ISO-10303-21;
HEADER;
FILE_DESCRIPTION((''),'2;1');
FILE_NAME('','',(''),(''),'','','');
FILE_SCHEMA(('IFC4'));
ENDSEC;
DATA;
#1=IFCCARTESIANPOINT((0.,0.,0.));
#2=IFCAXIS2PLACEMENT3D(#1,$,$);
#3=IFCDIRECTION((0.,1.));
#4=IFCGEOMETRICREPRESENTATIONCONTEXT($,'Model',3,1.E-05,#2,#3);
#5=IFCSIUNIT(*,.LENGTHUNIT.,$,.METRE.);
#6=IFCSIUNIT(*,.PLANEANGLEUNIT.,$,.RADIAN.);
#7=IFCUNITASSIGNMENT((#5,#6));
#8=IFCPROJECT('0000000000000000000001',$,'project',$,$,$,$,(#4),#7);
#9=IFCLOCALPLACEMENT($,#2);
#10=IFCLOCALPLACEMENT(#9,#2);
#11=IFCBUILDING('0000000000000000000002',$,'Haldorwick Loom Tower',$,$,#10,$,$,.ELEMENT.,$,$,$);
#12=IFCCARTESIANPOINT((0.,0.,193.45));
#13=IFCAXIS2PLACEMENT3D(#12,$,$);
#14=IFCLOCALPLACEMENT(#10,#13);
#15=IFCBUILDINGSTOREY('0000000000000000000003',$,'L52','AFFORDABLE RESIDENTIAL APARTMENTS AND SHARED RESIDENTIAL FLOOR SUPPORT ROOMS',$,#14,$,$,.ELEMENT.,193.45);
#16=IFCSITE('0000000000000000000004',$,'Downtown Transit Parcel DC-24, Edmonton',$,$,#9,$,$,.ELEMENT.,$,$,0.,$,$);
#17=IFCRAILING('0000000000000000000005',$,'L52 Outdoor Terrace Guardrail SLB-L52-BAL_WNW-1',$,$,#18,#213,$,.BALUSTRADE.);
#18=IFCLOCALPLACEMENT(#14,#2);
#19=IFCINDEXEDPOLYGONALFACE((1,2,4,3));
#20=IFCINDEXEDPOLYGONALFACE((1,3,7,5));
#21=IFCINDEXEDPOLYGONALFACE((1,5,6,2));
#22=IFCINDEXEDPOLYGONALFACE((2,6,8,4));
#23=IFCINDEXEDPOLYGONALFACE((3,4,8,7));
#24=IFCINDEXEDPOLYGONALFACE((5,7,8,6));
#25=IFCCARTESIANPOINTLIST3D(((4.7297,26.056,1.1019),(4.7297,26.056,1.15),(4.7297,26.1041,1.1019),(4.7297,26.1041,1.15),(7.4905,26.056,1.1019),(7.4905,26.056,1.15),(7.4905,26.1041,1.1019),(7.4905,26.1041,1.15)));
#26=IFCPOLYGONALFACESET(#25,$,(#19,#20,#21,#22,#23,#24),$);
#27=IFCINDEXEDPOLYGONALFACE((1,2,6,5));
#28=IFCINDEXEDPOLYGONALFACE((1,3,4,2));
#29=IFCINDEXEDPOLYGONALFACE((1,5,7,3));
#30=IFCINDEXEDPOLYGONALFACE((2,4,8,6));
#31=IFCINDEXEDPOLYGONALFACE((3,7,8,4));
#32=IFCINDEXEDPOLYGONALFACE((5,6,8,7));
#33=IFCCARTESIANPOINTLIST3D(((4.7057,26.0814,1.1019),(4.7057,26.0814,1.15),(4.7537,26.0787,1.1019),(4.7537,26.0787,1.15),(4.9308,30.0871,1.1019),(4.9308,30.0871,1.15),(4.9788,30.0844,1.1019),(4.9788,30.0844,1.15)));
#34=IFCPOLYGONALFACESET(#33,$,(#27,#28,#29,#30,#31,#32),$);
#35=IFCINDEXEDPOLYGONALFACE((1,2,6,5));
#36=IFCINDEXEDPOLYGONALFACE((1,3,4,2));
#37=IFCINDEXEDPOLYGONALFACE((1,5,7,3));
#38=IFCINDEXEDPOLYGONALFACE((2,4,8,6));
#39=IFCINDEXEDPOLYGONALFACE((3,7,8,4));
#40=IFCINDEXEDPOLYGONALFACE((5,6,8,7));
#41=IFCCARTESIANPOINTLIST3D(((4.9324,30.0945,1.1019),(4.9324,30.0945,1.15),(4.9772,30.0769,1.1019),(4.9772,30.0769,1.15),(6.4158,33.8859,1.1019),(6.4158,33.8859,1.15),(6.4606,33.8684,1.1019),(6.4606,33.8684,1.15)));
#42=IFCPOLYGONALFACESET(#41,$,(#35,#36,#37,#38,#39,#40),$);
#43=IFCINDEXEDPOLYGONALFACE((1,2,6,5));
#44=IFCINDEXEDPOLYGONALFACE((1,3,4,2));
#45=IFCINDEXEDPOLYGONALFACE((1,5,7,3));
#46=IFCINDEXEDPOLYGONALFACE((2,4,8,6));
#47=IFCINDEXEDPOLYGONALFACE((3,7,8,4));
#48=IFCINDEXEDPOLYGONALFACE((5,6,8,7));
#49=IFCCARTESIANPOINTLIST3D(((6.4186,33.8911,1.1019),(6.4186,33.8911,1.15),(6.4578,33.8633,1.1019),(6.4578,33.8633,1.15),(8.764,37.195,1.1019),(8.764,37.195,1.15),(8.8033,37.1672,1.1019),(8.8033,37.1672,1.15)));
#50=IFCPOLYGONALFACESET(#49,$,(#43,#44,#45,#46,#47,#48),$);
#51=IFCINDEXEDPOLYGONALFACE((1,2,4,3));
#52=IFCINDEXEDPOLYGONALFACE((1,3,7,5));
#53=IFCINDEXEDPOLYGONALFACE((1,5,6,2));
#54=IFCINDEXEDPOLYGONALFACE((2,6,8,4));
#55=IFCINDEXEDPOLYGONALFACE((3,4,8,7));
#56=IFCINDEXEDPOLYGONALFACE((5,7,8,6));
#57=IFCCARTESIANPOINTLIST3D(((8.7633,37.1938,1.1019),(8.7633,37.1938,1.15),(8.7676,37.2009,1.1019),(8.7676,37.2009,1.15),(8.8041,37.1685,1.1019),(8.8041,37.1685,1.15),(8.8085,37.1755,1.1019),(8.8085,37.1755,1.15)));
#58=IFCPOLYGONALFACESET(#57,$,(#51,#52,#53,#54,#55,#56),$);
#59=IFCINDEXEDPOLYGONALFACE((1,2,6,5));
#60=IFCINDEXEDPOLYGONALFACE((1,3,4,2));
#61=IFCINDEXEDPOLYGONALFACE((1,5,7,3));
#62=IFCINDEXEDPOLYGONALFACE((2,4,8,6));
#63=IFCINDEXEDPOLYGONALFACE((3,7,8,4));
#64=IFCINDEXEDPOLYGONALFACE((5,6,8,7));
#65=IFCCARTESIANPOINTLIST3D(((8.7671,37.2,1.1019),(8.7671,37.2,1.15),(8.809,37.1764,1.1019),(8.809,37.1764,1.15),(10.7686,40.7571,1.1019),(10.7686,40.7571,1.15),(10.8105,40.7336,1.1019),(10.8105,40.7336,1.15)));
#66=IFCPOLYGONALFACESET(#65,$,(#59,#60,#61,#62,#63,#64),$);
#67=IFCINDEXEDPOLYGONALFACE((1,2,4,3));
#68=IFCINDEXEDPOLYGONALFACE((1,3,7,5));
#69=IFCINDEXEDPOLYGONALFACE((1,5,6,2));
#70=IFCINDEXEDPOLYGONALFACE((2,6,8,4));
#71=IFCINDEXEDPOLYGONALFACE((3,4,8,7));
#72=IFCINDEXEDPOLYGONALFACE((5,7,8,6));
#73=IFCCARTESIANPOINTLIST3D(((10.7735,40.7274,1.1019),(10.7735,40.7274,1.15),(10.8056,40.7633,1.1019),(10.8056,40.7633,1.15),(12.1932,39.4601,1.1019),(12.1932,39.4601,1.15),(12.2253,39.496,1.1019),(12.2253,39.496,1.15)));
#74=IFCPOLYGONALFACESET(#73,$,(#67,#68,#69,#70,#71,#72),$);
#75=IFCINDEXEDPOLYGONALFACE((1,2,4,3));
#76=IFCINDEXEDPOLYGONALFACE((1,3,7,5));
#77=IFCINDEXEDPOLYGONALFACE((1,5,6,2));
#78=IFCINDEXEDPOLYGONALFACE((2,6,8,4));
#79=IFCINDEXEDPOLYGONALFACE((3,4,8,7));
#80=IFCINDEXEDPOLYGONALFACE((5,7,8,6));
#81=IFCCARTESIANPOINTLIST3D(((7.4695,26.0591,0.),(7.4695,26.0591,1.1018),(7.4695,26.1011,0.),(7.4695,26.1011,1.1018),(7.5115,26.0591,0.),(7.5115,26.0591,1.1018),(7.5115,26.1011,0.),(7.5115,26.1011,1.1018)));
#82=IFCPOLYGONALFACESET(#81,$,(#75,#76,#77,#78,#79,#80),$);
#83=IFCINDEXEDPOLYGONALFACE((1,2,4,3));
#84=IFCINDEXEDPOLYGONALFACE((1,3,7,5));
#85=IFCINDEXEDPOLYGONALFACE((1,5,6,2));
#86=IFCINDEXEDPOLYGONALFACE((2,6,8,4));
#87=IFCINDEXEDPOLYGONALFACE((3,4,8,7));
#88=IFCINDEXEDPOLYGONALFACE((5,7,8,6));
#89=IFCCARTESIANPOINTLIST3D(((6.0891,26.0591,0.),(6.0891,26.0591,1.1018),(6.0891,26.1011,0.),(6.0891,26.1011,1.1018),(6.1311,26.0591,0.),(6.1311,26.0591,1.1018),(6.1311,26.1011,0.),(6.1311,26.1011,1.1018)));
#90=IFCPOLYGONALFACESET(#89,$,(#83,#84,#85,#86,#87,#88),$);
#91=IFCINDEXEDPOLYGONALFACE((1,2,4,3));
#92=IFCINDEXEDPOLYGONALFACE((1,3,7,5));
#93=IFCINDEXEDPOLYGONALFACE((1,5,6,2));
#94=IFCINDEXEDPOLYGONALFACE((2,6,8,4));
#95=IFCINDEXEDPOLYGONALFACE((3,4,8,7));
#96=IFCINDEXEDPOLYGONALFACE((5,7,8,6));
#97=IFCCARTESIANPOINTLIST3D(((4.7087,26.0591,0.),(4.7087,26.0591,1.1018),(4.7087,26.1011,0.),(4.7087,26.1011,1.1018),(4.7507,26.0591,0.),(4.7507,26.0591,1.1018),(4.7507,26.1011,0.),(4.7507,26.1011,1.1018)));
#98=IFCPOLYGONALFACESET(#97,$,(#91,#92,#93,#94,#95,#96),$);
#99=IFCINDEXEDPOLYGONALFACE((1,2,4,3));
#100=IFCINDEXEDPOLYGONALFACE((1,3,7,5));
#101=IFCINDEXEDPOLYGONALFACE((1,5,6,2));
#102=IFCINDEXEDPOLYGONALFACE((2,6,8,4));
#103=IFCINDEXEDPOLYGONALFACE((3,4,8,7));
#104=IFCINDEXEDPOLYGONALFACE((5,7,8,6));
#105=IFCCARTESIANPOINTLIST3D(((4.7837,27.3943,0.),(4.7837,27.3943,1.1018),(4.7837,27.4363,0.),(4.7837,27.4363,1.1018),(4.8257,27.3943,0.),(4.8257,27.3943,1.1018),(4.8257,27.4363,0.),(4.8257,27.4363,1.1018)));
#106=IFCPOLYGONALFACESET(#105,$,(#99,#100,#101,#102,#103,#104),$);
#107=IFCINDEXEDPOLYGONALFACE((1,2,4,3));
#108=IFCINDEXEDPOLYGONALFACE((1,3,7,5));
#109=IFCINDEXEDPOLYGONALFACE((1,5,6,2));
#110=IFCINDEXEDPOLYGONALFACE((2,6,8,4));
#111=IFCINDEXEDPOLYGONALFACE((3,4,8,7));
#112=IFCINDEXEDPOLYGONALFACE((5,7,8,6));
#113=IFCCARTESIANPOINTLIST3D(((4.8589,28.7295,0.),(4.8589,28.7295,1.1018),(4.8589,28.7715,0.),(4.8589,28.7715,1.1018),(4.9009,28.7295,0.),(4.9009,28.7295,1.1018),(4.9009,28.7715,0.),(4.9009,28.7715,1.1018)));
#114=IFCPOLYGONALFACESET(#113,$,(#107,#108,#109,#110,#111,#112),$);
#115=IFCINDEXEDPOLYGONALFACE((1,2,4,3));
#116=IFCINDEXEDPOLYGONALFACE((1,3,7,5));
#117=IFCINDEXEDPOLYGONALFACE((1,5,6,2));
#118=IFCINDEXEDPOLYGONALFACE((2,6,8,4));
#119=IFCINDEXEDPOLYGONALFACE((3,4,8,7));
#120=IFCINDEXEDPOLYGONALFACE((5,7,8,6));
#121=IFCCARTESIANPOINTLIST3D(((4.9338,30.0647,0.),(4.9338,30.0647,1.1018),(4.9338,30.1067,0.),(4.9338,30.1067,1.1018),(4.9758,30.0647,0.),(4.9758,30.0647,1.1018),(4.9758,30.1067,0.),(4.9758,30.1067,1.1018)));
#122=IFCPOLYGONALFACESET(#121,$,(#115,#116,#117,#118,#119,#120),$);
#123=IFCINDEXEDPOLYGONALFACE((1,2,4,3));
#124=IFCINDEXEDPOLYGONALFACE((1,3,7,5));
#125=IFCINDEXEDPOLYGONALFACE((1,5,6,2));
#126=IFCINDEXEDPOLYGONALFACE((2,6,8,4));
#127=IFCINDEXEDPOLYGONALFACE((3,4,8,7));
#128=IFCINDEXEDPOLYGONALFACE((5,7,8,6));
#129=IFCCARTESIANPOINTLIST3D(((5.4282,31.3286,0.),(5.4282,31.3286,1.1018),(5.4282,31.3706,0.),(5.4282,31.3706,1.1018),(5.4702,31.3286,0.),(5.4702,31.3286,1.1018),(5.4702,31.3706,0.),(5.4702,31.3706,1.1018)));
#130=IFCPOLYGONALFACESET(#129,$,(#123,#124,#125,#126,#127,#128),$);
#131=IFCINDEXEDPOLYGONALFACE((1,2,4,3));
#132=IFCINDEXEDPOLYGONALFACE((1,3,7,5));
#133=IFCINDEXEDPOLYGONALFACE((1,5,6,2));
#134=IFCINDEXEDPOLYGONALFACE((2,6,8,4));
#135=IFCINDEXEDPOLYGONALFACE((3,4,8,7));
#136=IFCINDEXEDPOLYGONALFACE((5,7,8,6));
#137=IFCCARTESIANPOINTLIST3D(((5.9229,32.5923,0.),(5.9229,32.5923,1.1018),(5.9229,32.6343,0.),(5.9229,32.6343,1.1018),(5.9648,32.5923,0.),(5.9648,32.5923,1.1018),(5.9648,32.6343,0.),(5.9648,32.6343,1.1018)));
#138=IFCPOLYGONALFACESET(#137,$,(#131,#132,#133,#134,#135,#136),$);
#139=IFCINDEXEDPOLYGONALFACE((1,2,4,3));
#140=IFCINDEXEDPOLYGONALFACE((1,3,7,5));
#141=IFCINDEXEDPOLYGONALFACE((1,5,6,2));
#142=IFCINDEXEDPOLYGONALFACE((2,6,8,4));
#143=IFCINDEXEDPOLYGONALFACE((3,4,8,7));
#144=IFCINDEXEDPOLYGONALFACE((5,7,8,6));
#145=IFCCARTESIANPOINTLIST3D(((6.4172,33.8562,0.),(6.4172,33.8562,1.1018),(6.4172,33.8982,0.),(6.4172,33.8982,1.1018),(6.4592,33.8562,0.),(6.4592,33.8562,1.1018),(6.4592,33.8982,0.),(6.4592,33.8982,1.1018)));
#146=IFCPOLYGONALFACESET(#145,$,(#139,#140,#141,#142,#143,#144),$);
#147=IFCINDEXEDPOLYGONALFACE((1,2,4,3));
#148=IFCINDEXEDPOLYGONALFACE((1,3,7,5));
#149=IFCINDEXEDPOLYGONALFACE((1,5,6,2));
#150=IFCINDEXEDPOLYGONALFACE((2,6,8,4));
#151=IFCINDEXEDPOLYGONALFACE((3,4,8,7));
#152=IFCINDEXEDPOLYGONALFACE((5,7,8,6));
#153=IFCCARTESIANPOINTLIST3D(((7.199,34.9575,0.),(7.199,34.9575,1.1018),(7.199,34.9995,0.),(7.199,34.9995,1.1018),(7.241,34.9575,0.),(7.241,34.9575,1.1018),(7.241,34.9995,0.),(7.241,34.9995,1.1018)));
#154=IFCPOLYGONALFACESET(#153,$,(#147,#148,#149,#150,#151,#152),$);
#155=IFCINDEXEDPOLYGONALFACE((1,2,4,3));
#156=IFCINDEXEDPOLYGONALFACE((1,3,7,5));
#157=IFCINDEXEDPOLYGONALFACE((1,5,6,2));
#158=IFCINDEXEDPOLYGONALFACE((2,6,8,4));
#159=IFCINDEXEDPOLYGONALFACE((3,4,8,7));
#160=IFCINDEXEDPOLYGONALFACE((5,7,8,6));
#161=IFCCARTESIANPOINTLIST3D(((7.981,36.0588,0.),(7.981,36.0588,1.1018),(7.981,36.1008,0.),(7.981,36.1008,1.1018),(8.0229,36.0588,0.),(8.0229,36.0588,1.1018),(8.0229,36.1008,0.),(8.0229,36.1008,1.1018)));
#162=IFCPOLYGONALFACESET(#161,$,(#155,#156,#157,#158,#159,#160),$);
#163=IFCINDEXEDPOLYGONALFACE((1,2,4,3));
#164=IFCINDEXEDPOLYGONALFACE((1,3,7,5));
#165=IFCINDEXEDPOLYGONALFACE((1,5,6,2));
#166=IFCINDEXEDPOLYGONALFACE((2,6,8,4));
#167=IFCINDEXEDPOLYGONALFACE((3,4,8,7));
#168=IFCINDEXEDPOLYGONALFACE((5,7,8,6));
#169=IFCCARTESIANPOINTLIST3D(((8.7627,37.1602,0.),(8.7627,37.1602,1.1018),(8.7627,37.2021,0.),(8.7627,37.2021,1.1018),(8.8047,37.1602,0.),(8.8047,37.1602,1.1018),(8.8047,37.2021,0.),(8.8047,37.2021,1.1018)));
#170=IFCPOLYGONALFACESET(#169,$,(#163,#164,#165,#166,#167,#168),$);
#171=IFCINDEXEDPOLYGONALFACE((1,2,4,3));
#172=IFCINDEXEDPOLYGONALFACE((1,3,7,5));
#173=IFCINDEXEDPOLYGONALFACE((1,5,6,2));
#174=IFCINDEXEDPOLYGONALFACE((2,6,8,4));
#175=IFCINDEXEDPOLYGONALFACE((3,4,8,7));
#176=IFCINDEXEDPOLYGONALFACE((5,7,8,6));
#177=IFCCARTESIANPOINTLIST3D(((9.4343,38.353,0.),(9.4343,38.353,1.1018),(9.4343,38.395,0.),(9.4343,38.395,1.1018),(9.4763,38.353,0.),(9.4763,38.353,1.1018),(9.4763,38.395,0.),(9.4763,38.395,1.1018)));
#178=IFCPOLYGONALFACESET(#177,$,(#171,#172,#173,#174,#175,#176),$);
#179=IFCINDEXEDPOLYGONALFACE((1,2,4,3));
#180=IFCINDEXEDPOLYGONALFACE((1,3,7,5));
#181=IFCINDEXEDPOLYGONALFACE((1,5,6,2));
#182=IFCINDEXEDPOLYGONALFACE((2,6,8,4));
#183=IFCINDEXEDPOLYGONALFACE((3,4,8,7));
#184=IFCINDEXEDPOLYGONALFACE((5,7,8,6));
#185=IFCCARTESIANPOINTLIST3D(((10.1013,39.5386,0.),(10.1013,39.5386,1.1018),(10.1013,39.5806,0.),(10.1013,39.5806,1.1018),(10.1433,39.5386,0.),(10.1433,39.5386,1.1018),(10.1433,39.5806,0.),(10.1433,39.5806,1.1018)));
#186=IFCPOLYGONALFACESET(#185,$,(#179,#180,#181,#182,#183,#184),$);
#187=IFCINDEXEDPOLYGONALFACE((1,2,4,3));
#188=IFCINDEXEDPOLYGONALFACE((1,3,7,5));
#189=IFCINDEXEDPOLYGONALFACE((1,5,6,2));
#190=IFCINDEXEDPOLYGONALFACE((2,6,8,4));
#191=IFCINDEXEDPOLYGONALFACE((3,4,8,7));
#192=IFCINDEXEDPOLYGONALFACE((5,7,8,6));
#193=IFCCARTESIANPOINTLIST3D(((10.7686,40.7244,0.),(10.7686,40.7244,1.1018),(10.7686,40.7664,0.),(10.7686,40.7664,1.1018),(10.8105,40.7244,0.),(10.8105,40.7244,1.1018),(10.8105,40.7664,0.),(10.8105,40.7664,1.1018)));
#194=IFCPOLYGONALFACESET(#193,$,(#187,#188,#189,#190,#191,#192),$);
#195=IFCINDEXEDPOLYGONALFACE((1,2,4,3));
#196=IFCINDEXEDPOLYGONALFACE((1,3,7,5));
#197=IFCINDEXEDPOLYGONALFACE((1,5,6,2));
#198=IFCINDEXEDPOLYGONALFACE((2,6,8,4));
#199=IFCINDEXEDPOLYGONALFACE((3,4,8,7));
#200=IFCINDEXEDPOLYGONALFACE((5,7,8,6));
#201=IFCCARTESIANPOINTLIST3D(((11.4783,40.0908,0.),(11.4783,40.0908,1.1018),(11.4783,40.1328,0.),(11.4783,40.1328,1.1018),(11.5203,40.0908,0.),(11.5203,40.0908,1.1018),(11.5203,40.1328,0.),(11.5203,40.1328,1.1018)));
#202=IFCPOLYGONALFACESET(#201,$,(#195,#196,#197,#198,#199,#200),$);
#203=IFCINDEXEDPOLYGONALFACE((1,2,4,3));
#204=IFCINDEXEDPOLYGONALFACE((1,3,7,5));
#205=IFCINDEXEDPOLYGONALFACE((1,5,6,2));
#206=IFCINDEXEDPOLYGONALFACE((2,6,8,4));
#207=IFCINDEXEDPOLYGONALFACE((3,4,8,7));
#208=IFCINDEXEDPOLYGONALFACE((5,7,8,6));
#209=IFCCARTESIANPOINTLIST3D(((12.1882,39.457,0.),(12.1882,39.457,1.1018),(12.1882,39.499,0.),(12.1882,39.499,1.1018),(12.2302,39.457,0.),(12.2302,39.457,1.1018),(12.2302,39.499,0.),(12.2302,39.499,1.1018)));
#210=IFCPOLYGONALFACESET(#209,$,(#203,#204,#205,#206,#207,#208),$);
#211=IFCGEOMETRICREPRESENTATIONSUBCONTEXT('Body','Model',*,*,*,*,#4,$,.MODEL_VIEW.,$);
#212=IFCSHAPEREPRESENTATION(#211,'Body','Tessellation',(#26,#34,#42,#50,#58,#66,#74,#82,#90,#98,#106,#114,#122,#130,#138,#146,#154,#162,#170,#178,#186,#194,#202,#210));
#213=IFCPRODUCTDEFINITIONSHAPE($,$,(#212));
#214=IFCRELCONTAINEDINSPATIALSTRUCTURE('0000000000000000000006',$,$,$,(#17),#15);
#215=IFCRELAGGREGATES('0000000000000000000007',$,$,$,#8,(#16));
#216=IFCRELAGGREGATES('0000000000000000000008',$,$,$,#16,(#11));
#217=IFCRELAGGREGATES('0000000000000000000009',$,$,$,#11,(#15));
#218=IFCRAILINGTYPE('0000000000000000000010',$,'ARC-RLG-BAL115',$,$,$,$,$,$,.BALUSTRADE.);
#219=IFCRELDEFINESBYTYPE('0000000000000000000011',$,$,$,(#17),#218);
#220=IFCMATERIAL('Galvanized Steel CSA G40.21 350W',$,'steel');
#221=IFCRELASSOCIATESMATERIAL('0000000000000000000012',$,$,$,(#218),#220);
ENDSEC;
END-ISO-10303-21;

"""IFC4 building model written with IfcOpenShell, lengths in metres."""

from ifc_helpers import new_model, si_unit, direction, frame, origin, origin_2d, place, context, subcontext, project, spatial, rectangle, extrude, material, type_object, element, save


model = new_model("IFC4")

# Units and contexts
model_context = context("Model", 3, precision=1e-05, world=origin(), true_north=direction((0.0, 1.0)))
body_context = subcontext(model_context, "Body", "Model", "MODEL_VIEW")
ifc_project = project(units=[si_unit("LENGTHUNIT", "METRE"), si_unit("PLANEANGLEUNIT", "RADIAN")], contexts=[model_context])

# Site, building, storey
site_placement = place(None, origin())
site = spatial("IfcSite", under=ifc_project, at=site_placement, Name="Downtown Transit Parcel DC-24, Edmonton", CompositionType="ELEMENT", RefElevation=0.0)
building_placement = place(site_placement, origin())
building = spatial("IfcBuilding", under=site, at=building_placement, Name="Haldorwick Loom Tower", CompositionType="ELEMENT")
storey_placement = place(building_placement, frame((0.0, 0.0, 193.45)))
storey = spatial("IfcBuildingStorey", under=building, at=storey_placement, Name="L52", Description="AFFORDABLE RESIDENTIAL APARTMENTS AND SHARED RESIDENTIAL FLOOR SUPPORT ROOMS", CompositionType="ELEMENT", Elevation=193.45)

# Railing
ifc_material_1 = material(Name="Galvanized Steel CSA G40.21 350W", Category="steel")
railing_type = type_object("IfcRailingType", Name="ARC-RLG-BAL115", PredefinedType="BALUSTRADE", material=ifc_material_1)
railing_placement = place(storey_placement, frame((7.4905, 26.0801, 0.0)))
element("IfcRailing", 1, at=railing_placement, inside=storey, type_object=railing_type, Name="L52 Outdoor Terrace Guardrail SLB-L52-BAL_WNW-1", PredefinedType="BALUSTRADE", context=body_context, shape_type="SweptSolid", body=[
    extrude(rectangle(XDim=0.0481, YDim=0.0481, at=origin_2d()), frame((0.0, 0.0, 1.126), z_axis=(-1.0, 0.0, 0.0), x_axis=(0.0, -1.0, 0.0)), (0.0, 0.0, 1.0), 2.7607),
    extrude(rectangle(XDim=0.0481, YDim=0.0481, at=origin_2d()), frame((-2.7607, 0.0, 1.126), z_axis=(0.056107, 0.998425, 0.0), x_axis=(-0.998425, 0.056107, 0.0)), (0.0, 0.0, 1.0), 4.012),
    extrude(rectangle(XDim=0.0481, YDim=0.0481, at=origin_2d()), frame((-2.5356, 4.0056, 1.126), z_axis=(0.36435, 0.931262, 0.0), x_axis=(-0.931262, 0.36435, 0.0)), (0.0, 0.0, 1.0), 4.0713),
    extrude(rectangle(XDim=0.0481, YDim=0.0481, at=origin_2d()), frame((-1.0522, 7.7971, 1.126), z_axis=(0.578865, 0.815424, 0.0), x_axis=(-0.815424, 0.578865, 0.0)), (0.0, 0.0, 1.0), 4.0518),
    extrude(rectangle(XDim=0.0481, YDim=0.0481, at=origin_2d()), frame((1.2932, 11.1011, 1.126), z_axis=(0.527363, 0.84964, 0.0), x_axis=(-0.84964, 0.527363, 0.0)), (0.0, 0.0, 1.0), 0.0083),
    extrude(rectangle(XDim=0.0481, YDim=0.0481, at=origin_2d()), frame((1.2976, 11.1082, 1.126), z_axis=(0.490369, 0.871515, 0.0), x_axis=(-0.871515, 0.490369, 0.0)), (0.0, 0.0, 1.0), 4.0815),
    extrude(rectangle(XDim=0.0481, YDim=0.0481, at=origin_2d()), frame((3.2991, 14.6653, 1.126), z_axis=(0.745999, -0.665947, 0.0), x_axis=(0.665947, 0.745999, 0.0)), (0.0, 0.0, 1.0), 1.9031),
    extrude(rectangle(XDim=0.042, YDim=0.042, at=origin_2d()), origin(), (0.0, 0.0, 1.0), 1.1018),
    extrude(rectangle(XDim=0.042, YDim=0.042, at=origin_2d()), frame((-1.3804, 0.0, 0.0)), (0.0, 0.0, 1.0), 1.1018),
    extrude(rectangle(XDim=0.042, YDim=0.042, at=origin_2d()), frame((-2.7607, 0.0, 0.0)), (0.0, 0.0, 1.0), 1.1018),
    extrude(rectangle(XDim=0.042, YDim=0.042, at=origin_2d()), frame((-2.6858, 1.3352, 0.0)), (0.0, 0.0, 1.0), 1.1018),
    extrude(rectangle(XDim=0.042, YDim=0.042, at=origin_2d()), frame((-2.6106, 2.6704, 0.0)), (0.0, 0.0, 1.0), 1.1018),
    extrude(rectangle(XDim=0.042, YDim=0.042, at=origin_2d()), frame((-2.5356, 4.0056, 0.0)), (0.0, 0.0, 1.0), 1.1018),
    extrude(rectangle(XDim=0.042, YDim=0.042, at=origin_2d()), frame((-2.0413, 5.2695, 0.0)), (0.0, 0.0, 1.0), 1.1018),
    extrude(rectangle(XDim=0.042, YDim=0.042, at=origin_2d()), frame((-1.5466, 6.5332, 0.0)), (0.0, 0.0, 1.0), 1.1018),
    extrude(rectangle(XDim=0.042, YDim=0.042, at=origin_2d()), frame((-1.0522, 7.7971, 0.0)), (0.0, 0.0, 1.0), 1.1018),
    extrude(rectangle(XDim=0.042, YDim=0.042, at=origin_2d()), frame((-0.2705, 8.8984, 0.0)), (0.0, 0.0, 1.0), 1.1018),
    extrude(rectangle(XDim=0.042, YDim=0.042, at=origin_2d()), frame((0.5115, 9.9998, 0.0)), (0.0, 0.0, 1.0), 1.1018),
    extrude(rectangle(XDim=0.042, YDim=0.042, at=origin_2d()), frame((1.2932, 11.1011, 0.0)), (0.0, 0.0, 1.0), 1.1018),
    extrude(rectangle(XDim=0.042, YDim=0.042, at=origin_2d()), frame((1.9648, 12.2939, 0.0)), (0.0, 0.0, 1.0), 1.1018),
    extrude(rectangle(XDim=0.042, YDim=0.042, at=origin_2d()), frame((2.6318, 13.4795, 0.0)), (0.0, 0.0, 1.0), 1.1018),
    extrude(rectangle(XDim=0.042, YDim=0.042, at=origin_2d()), frame((3.2991, 14.6653, 0.0)), (0.0, 0.0, 1.0), 1.1018),
    extrude(rectangle(XDim=0.042, YDim=0.042, at=origin_2d()), frame((4.0088, 14.0317, 0.0)), (0.0, 0.0, 1.0), 1.1018),
    extrude(rectangle(XDim=0.042, YDim=0.042, at=origin_2d()), frame((4.7188, 13.3979, 0.0)), (0.0, 0.0, 1.0), 1.1018),
])

save(model, "model.ifc")
